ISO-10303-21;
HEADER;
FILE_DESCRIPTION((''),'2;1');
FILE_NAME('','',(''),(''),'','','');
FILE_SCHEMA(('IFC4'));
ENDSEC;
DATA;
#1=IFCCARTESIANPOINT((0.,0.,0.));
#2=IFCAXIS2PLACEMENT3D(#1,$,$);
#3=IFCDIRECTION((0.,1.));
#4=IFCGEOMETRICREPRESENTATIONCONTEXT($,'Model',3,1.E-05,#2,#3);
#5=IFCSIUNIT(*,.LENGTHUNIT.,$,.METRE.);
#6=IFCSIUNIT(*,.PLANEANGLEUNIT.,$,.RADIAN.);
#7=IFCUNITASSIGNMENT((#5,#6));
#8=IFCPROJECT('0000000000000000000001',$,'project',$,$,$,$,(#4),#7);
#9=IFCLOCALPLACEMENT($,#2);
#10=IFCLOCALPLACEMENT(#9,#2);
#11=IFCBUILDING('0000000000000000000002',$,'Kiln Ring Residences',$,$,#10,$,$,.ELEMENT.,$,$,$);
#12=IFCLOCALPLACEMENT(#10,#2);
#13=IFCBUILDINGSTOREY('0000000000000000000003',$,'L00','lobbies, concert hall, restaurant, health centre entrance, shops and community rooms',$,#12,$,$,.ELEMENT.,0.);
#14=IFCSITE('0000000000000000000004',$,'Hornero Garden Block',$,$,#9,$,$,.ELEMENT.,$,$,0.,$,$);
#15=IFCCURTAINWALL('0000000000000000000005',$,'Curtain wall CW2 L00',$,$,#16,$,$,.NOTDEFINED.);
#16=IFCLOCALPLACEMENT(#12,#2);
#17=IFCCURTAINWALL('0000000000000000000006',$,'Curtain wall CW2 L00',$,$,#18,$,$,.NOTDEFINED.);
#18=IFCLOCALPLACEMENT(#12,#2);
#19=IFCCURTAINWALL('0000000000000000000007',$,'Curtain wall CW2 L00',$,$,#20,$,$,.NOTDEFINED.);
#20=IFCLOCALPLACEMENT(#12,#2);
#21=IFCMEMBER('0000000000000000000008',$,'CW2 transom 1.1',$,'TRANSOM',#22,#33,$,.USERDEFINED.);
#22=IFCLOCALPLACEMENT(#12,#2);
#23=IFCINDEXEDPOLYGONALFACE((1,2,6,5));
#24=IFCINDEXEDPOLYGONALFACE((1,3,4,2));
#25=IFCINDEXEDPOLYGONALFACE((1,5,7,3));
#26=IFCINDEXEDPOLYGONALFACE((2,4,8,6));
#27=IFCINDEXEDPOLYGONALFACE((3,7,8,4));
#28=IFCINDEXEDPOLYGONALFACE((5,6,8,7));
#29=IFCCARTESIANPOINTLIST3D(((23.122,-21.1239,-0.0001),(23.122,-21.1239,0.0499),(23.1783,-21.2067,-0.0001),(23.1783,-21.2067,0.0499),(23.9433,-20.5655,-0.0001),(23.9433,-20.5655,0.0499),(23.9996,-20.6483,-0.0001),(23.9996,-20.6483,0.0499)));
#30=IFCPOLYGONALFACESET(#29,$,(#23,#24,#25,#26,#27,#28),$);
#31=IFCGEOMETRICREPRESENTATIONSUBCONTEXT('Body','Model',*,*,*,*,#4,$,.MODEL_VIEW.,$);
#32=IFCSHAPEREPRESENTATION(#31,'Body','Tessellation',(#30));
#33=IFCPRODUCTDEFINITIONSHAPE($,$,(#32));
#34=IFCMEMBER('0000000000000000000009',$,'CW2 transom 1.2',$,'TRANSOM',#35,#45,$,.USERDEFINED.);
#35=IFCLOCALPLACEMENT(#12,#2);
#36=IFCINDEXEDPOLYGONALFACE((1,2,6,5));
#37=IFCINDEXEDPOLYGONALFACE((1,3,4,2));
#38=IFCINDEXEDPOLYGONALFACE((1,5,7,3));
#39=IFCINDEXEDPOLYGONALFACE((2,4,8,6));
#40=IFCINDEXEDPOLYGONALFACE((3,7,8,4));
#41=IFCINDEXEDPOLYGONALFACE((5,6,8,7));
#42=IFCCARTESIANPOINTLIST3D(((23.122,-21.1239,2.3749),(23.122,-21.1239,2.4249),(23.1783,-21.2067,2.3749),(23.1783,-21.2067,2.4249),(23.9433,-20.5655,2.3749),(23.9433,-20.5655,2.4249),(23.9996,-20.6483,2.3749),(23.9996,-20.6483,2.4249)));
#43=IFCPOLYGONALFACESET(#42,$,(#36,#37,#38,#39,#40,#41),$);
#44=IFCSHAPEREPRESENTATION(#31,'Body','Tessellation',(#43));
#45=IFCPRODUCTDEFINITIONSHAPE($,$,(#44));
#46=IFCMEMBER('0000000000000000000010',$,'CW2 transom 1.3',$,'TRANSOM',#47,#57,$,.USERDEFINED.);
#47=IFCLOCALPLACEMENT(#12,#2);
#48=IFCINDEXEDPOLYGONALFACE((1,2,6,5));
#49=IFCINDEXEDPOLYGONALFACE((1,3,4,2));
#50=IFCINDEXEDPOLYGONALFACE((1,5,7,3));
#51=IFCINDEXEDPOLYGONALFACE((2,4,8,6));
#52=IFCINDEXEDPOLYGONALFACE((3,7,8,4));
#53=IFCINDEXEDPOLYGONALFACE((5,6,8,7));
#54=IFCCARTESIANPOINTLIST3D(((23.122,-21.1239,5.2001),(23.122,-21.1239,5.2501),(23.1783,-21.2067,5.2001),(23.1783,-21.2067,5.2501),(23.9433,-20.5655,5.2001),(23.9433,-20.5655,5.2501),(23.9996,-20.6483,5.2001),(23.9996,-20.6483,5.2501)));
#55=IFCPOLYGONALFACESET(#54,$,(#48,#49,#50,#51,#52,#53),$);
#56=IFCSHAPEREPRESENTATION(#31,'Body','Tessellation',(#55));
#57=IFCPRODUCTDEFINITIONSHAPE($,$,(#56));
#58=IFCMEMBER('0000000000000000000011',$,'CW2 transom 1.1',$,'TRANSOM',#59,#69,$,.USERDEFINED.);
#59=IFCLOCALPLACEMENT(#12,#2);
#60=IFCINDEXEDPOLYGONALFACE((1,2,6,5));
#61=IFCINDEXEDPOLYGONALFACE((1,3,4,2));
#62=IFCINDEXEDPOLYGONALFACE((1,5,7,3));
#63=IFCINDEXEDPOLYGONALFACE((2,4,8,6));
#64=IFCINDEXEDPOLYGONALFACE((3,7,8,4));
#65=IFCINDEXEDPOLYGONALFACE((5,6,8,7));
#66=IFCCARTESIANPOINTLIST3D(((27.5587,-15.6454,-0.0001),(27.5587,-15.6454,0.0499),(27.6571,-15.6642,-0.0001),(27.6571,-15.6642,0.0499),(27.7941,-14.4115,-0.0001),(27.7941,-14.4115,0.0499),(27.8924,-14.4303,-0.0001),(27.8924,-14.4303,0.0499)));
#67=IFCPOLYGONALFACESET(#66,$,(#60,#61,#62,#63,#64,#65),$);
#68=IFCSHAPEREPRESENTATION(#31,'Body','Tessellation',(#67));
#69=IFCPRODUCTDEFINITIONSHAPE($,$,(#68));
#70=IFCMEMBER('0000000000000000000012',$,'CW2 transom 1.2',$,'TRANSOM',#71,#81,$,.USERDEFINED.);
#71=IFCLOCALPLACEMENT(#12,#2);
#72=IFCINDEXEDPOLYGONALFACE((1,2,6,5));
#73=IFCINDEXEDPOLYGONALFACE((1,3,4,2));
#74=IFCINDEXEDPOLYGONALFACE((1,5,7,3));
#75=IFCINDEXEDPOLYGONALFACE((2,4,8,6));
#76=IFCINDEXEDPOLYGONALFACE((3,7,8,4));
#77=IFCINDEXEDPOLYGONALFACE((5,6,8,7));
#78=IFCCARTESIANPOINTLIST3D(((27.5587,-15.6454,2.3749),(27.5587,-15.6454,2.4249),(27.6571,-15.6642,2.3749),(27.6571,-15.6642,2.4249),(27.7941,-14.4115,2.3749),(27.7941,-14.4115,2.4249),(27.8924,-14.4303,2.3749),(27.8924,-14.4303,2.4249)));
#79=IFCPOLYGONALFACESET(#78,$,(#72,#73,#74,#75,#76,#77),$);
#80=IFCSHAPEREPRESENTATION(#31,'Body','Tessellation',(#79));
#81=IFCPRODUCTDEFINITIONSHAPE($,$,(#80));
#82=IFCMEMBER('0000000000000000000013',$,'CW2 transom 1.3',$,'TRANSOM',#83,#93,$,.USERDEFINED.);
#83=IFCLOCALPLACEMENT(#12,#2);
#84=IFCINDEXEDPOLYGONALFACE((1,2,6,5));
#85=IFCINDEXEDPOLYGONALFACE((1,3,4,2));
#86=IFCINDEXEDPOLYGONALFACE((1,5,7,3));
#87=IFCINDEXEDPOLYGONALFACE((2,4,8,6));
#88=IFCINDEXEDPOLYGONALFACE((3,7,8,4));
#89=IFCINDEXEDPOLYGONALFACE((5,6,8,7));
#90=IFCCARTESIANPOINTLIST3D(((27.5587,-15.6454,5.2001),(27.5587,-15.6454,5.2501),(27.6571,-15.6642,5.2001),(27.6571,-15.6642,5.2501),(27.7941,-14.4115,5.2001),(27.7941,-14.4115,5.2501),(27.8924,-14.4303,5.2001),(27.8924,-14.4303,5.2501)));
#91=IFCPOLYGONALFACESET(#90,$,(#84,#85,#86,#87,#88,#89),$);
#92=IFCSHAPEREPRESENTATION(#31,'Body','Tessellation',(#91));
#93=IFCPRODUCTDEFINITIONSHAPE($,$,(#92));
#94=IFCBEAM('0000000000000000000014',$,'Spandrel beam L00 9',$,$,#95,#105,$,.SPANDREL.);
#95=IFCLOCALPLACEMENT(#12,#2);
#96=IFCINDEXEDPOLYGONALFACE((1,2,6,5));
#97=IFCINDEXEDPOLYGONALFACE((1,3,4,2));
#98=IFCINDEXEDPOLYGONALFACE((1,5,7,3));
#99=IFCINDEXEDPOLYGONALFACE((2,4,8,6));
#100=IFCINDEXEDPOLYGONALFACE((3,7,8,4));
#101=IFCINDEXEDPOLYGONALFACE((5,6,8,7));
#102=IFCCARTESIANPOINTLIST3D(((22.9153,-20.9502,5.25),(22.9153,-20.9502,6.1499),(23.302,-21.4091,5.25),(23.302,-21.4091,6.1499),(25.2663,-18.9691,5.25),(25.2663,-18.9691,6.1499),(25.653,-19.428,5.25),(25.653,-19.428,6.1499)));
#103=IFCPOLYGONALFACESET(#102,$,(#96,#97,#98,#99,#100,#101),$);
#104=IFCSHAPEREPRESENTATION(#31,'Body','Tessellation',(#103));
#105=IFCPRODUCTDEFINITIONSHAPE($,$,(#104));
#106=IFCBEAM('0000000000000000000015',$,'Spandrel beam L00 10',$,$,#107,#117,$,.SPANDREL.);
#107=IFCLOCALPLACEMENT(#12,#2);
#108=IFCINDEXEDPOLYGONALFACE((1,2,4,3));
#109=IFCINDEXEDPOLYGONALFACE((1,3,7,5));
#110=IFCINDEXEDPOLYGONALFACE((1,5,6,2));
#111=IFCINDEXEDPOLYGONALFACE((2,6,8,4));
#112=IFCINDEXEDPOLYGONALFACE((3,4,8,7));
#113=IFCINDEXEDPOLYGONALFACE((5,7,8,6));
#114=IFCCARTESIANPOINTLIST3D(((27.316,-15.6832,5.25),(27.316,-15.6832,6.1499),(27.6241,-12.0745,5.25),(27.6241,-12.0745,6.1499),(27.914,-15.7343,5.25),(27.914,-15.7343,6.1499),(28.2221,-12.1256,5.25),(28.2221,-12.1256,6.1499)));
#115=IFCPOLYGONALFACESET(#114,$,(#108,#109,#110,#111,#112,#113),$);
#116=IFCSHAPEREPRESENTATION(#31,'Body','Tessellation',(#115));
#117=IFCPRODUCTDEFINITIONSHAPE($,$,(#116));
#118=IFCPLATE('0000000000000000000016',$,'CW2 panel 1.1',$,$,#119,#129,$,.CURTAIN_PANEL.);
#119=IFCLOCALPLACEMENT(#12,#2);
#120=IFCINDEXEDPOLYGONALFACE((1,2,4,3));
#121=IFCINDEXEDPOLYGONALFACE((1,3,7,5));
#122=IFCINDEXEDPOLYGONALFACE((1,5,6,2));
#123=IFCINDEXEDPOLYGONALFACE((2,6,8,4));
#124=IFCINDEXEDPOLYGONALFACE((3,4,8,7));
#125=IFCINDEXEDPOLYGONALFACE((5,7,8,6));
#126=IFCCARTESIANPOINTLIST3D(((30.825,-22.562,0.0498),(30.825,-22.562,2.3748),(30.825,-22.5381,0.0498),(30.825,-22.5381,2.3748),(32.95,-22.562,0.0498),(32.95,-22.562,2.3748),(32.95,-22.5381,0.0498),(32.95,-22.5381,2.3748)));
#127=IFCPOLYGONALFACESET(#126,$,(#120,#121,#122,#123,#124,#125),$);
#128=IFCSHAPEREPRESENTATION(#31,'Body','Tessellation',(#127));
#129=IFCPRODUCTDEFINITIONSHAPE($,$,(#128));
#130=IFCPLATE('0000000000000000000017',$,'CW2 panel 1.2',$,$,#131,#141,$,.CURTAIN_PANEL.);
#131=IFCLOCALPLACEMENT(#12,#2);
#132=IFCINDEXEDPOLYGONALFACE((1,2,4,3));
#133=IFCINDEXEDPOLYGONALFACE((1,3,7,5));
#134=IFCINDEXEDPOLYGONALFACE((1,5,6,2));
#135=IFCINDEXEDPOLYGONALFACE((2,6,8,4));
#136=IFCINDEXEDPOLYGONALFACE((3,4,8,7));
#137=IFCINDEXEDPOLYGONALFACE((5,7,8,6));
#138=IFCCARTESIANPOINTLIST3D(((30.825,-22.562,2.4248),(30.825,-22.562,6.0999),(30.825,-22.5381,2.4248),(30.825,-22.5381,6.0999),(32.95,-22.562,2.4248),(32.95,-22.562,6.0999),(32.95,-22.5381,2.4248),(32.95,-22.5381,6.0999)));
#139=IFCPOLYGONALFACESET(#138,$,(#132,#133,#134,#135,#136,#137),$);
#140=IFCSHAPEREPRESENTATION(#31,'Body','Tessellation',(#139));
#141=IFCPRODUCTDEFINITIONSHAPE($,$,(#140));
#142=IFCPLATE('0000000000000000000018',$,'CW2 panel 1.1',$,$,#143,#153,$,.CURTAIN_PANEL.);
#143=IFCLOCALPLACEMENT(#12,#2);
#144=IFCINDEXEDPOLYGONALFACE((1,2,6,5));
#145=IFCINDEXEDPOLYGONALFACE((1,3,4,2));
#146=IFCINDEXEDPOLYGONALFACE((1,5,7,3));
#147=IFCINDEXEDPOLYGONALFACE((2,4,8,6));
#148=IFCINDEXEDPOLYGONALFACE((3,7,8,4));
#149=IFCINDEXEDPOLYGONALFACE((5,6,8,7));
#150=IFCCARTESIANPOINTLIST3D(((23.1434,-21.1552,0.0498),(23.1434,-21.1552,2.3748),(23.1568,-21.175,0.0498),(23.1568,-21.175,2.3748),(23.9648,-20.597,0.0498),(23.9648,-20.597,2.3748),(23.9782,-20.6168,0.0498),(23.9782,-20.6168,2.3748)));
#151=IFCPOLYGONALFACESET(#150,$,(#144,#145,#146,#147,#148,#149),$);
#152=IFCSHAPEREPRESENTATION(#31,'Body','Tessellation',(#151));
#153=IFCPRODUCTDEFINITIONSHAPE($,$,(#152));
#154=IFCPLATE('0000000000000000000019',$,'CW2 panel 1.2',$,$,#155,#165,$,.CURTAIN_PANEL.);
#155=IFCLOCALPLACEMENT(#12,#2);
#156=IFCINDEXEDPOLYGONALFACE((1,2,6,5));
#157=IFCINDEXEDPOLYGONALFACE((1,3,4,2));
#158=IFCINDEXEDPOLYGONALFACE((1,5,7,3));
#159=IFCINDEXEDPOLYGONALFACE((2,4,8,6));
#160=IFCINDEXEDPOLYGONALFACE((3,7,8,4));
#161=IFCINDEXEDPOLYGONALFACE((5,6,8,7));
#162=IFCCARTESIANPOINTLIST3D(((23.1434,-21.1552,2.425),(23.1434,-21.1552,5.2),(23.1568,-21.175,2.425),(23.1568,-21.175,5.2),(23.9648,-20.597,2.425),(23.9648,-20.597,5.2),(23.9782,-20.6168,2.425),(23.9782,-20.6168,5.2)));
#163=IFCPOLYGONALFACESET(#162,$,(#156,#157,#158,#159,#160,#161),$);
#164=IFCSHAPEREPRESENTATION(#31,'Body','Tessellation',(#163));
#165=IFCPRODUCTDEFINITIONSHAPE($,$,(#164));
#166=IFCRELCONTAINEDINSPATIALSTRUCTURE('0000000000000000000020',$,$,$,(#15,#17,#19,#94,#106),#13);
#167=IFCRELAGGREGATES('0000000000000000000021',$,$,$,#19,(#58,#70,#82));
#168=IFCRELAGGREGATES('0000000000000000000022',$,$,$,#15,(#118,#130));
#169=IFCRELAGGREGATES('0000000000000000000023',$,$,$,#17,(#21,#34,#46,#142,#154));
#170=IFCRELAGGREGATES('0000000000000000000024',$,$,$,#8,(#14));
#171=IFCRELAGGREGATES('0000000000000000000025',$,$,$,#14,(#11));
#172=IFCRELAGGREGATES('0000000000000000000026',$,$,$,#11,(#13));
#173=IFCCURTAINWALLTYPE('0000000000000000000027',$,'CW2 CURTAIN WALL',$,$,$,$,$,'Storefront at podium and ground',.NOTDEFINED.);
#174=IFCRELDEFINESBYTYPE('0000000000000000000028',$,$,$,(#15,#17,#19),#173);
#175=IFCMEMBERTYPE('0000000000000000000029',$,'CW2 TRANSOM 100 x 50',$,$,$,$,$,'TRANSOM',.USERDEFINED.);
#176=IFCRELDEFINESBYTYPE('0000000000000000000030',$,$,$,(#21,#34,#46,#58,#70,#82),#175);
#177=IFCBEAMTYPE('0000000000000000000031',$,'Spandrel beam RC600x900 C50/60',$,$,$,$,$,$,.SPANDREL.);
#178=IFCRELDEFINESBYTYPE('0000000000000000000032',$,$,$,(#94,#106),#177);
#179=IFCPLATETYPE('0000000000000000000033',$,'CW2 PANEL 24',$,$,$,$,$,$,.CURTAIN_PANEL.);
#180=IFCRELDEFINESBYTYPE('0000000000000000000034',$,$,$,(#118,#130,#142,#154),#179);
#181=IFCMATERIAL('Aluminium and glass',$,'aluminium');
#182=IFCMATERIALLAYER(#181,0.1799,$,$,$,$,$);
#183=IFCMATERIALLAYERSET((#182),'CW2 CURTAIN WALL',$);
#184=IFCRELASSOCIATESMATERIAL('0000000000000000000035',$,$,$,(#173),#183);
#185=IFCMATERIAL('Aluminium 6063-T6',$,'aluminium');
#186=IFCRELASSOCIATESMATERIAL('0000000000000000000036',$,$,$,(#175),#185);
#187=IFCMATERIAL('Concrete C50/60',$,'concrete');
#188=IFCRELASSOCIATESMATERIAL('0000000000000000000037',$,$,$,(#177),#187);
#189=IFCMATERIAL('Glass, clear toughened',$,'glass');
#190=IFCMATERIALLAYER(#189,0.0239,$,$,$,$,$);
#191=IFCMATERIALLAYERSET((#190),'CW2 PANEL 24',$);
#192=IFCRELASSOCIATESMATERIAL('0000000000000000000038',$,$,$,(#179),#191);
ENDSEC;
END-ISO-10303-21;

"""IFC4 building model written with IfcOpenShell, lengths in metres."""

from ifc_helpers import new_model, si_unit, direction, frame, origin, origin_2d, place, context, subcontext, project, spatial, rectangle, extrude, material, layer, layer_set, material_profile, profile_set, type_object, element, aggregate, save


model = new_model("IFC4")

# Units and contexts
model_context = context("Model", 3, precision=1e-05, world=origin(), true_north=direction((0.0, 1.0)))
body_context = subcontext(model_context, "Body", "Model", "MODEL_VIEW")
ifc_project = project(units=[si_unit("LENGTHUNIT", "METRE"), si_unit("PLANEANGLEUNIT", "RADIAN")], contexts=[model_context])

# Site, building, storey
site_placement = place(None, origin())
site = spatial("IfcSite", under=ifc_project, at=site_placement, Name="Hornero Garden Block", CompositionType="ELEMENT", RefElevation=0.0)
building_placement = place(site_placement, origin())
building = spatial("IfcBuilding", under=site, at=building_placement, Name="Kiln Ring Residences", CompositionType="ELEMENT")
storey_placement = place(building_placement, origin())
storey = spatial("IfcBuildingStorey", under=building, at=storey_placement, Name="L00", Description="lobbies, concert hall, restaurant, health centre entrance, shops and community rooms", CompositionType="ELEMENT", Elevation=0.0)

# Curtain wall
ifc_material_1 = material(Name="Aluminium and glass", Category="aluminium")
ifc_layer_1 = layer(ifc_material_1, 0.1799)
ifc_layer_set_1 = layer_set([ifc_layer_1], Name="CW2 CURTAIN WALL")
curtain_wall_type = type_object("IfcCurtainWallType", Name="CW2 CURTAIN WALL", ElementType="Storefront at podium and ground", PredefinedType="NOTDEFINED", material=ifc_layer_set_1)
placement = place(storey_placement, origin())
curtain_wall_1 = element("IfcCurtainWall", 1, at=placement, inside=storey, type_object=curtain_wall_type, Name="Curtain wall CW2 L00", PredefinedType="NOTDEFINED")

# Curtain wall
curtain_wall_2 = element("IfcCurtainWall", 2, at=placement, inside=storey, type_object=curtain_wall_type, Name="Curtain wall CW2 L00", PredefinedType="NOTDEFINED")

# Curtain wall
curtain_wall_3 = element("IfcCurtainWall", 3, at=placement, inside=storey, type_object=curtain_wall_type, Name="Curtain wall CW2 L00", PredefinedType="NOTDEFINED")

# Members
ifc_material_2 = material(Name="Aluminium 6063-T6", Category="aluminium")
ifc_material_profile_1 = material_profile(ifc_material_2, rectangle(XDim=0.1001, YDim=0.05, at=origin_2d()), Name="AL 100x50")
ifc_profile_set_1 = profile_set([ifc_material_profile_1], Name="Aluminium 6063-T6")
member_type_1 = type_object("IfcMemberType", Name="CW2 TRANSOM 100 x 50", ElementType="TRANSOM", PredefinedType="USERDEFINED", material=ifc_profile_set_1)
member_1_placement = place(storey_placement, frame((23.1501, -21.1653, 0.0249), z_axis=(0.826986, 0.562223, 0.0), x_axis=(-0.562223, 0.826986, 0.0)))
member_1 = element("IfcMember", 4, at=member_1_placement, type_object=member_type_1, Name="CW2 transom 1.1", ObjectType="TRANSOM", PredefinedType="USERDEFINED", context=body_context, shape_type="SweptSolid", body=[
    extrude(rectangle(XDim=0.1001, YDim=0.05, at=origin_2d()), origin(), (0.0, 0.0, 1.0), 0.9932),
])
member_2_placement = place(storey_placement, frame((23.1501, -21.1653, 2.3999), z_axis=(0.826986, 0.562223, 0.0), x_axis=(-0.562223, 0.826986, 0.0)))
member_2 = element("IfcMember", 5, at=member_2_placement, type_object=member_type_1, Name="CW2 transom 1.2", ObjectType="TRANSOM", PredefinedType="USERDEFINED", context=body_context, shape_type="SweptSolid", body=[
    extrude(rectangle(XDim=0.1001, YDim=0.05, at=origin_2d()), origin(), (0.0, 0.0, 1.0), 0.9932),
])
member_3_placement = place(storey_placement, frame((23.1501, -21.1653, 5.2251), z_axis=(0.826986, 0.562223, 0.0), x_axis=(-0.562223, 0.826986, 0.0)))
member_3 = element("IfcMember", 6, at=member_3_placement, type_object=member_type_1, Name="CW2 transom 1.3", ObjectType="TRANSOM", PredefinedType="USERDEFINED", context=body_context, shape_type="SweptSolid", body=[
    extrude(rectangle(XDim=0.1001, YDim=0.05, at=origin_2d()), origin(), (0.0, 0.0, 1.0), 0.9932),
])
member_4_placement = place(storey_placement, frame((27.6079, -15.6548, 0.0249), z_axis=(0.187362, 0.982291, 0.0), x_axis=(-0.982291, 0.187362, 0.0)))
member_4 = element("IfcMember", 7, at=member_4_placement, type_object=member_type_1, Name="CW2 transom 1.1", ObjectType="TRANSOM", PredefinedType="USERDEFINED", context=body_context, shape_type="SweptSolid", body=[
    extrude(rectangle(XDim=0.1001, YDim=0.05, at=origin_2d()), origin(), (0.0, 0.0, 1.0), 1.2561),
])
member_5_placement = place(storey_placement, frame((27.6079, -15.6548, 2.3999), z_axis=(0.187362, 0.982291, 0.0), x_axis=(-0.982291, 0.187362, 0.0)))
member_5 = element("IfcMember", 8, at=member_5_placement, type_object=member_type_1, Name="CW2 transom 1.2", ObjectType="TRANSOM", PredefinedType="USERDEFINED", context=body_context, shape_type="SweptSolid", body=[
    extrude(rectangle(XDim=0.1001, YDim=0.05, at=origin_2d()), origin(), (0.0, 0.0, 1.0), 1.2561),
])
member_6_placement = place(storey_placement, frame((27.6079, -15.6548, 5.2251), z_axis=(0.187362, 0.982291, 0.0), x_axis=(-0.982291, 0.187362, 0.0)))
member_6 = element("IfcMember", 9, at=member_6_placement, type_object=member_type_1, Name="CW2 transom 1.3", ObjectType="TRANSOM", PredefinedType="USERDEFINED", context=body_context, shape_type="SweptSolid", body=[
    extrude(rectangle(XDim=0.1001, YDim=0.05, at=origin_2d()), origin(), (0.0, 0.0, 1.0), 1.2561),
])
aggregate(curtain_wall_3, [member_4, member_5, member_6])

# Beams
ifc_material_3 = material(Name="Concrete C50/60", Category="concrete")
ifc_material_profile_2 = material_profile(ifc_material_3, rectangle(XDim=0.6001, YDim=0.8999, at=origin_2d()), Name="RC600x900")
ifc_profile_set_2 = profile_set([ifc_material_profile_2], Name="Concrete C50/60")
beam_type = type_object("IfcBeamType", Name="Spandrel beam RC600x900 C50/60", PredefinedType="SPANDREL", material=ifc_profile_set_2)
beam_1_placement = place(storey_placement, frame((23.1086, -21.1797, 5.7), z_axis=(0.764695, 0.644392, 0.0), x_axis=(-0.644392, 0.764695, 0.0)))
element("IfcBeam", 10, at=beam_1_placement, inside=storey, type_object=beam_type, Name="Spandrel beam L00 9", PredefinedType="SPANDREL", context=body_context, shape_type="SweptSolid", body=[
    extrude(rectangle(XDim=0.6001, YDim=0.8999, at=origin_2d()), origin(), (0.0, 0.0, 1.0), 3.0745),
])
beam_2_placement = place(storey_placement, frame((27.615, -15.7087, 5.7), z_axis=(0.08507, 0.996375, 0.0), x_axis=(-0.996375, 0.08507, 0.0)))
element("IfcBeam", 11, at=beam_2_placement, inside=storey, type_object=beam_type, Name="Spandrel beam L00 10", PredefinedType="SPANDREL", context=body_context, shape_type="SweptSolid", body=[
    extrude(rectangle(XDim=0.6001, YDim=0.8999, at=origin_2d()), origin(), (0.0, 0.0, 1.0), 3.6218),
])

# Plates
ifc_material_4 = material(Name="Glass, clear toughened", Category="glass")
ifc_layer_2 = layer(ifc_material_4, 0.0239)
ifc_layer_set_2 = layer_set([ifc_layer_2], Name="CW2 PANEL 24")
plate_type = type_object("IfcPlateType", Name="CW2 PANEL 24", PredefinedType="CURTAIN_PANEL", material=ifc_layer_set_2)
plate_1_placement = place(storey_placement, frame((31.8875, -22.55, 0.0498), z_axis=(0.0, 0.0, 1.0), x_axis=(-1.0, 0.0, 0.0)))
plate_1 = element("IfcPlate", 12, at=plate_1_placement, type_object=plate_type, Name="CW2 panel 1.1", PredefinedType="CURTAIN_PANEL", context=body_context, shape_type="SweptSolid", body=[
    extrude(rectangle(XDim=2.125, YDim=0.0239, at=origin_2d()), origin(), (0.0, 0.0, 1.0), 2.325),
])
plate_2_placement = place(storey_placement, frame((31.8875, -22.55, 2.4248), z_axis=(0.0, 0.0, 1.0), x_axis=(-1.0, 0.0, 0.0)))
plate_2 = element("IfcPlate", 13, at=plate_2_placement, type_object=plate_type, Name="CW2 panel 1.2", PredefinedType="CURTAIN_PANEL", context=body_context, shape_type="SweptSolid", body=[
    extrude(rectangle(XDim=2.125, YDim=0.0239, at=origin_2d()), origin(), (0.0, 0.0, 1.0), 3.675),
])
aggregate(curtain_wall_1, [plate_1, plate_2])
plate_3_placement = place(storey_placement, frame((23.5608, -20.886, 0.0498), z_axis=(0.0, 0.0, 1.0), x_axis=(0.827072, 0.562097, 0.0)))
plate_3 = element("IfcPlate", 14, at=plate_3_placement, type_object=plate_type, Name="CW2 panel 1.1", PredefinedType="CURTAIN_PANEL", context=body_context, shape_type="SweptSolid", body=[
    extrude(rectangle(XDim=0.9932, YDim=0.0239, at=origin_2d()), origin(), (0.0, 0.0, 1.0), 2.325),
])
plate_4_placement = place(storey_placement, frame((23.5608, -20.886, 2.425), z_axis=(0.0, 0.0, 1.0), x_axis=(0.827072, 0.562097, 0.0)))
plate_4 = element("IfcPlate", 15, at=plate_4_placement, type_object=plate_type, Name="CW2 panel 1.2", PredefinedType="CURTAIN_PANEL", context=body_context, shape_type="SweptSolid", body=[
    extrude(rectangle(XDim=0.9932, YDim=0.0239, at=origin_2d()), origin(), (0.0, 0.0, 1.0), 2.7749),
])
aggregate(curtain_wall_2, [member_1, member_2, member_3, plate_3, plate_4])

save(model, "model.ifc")
